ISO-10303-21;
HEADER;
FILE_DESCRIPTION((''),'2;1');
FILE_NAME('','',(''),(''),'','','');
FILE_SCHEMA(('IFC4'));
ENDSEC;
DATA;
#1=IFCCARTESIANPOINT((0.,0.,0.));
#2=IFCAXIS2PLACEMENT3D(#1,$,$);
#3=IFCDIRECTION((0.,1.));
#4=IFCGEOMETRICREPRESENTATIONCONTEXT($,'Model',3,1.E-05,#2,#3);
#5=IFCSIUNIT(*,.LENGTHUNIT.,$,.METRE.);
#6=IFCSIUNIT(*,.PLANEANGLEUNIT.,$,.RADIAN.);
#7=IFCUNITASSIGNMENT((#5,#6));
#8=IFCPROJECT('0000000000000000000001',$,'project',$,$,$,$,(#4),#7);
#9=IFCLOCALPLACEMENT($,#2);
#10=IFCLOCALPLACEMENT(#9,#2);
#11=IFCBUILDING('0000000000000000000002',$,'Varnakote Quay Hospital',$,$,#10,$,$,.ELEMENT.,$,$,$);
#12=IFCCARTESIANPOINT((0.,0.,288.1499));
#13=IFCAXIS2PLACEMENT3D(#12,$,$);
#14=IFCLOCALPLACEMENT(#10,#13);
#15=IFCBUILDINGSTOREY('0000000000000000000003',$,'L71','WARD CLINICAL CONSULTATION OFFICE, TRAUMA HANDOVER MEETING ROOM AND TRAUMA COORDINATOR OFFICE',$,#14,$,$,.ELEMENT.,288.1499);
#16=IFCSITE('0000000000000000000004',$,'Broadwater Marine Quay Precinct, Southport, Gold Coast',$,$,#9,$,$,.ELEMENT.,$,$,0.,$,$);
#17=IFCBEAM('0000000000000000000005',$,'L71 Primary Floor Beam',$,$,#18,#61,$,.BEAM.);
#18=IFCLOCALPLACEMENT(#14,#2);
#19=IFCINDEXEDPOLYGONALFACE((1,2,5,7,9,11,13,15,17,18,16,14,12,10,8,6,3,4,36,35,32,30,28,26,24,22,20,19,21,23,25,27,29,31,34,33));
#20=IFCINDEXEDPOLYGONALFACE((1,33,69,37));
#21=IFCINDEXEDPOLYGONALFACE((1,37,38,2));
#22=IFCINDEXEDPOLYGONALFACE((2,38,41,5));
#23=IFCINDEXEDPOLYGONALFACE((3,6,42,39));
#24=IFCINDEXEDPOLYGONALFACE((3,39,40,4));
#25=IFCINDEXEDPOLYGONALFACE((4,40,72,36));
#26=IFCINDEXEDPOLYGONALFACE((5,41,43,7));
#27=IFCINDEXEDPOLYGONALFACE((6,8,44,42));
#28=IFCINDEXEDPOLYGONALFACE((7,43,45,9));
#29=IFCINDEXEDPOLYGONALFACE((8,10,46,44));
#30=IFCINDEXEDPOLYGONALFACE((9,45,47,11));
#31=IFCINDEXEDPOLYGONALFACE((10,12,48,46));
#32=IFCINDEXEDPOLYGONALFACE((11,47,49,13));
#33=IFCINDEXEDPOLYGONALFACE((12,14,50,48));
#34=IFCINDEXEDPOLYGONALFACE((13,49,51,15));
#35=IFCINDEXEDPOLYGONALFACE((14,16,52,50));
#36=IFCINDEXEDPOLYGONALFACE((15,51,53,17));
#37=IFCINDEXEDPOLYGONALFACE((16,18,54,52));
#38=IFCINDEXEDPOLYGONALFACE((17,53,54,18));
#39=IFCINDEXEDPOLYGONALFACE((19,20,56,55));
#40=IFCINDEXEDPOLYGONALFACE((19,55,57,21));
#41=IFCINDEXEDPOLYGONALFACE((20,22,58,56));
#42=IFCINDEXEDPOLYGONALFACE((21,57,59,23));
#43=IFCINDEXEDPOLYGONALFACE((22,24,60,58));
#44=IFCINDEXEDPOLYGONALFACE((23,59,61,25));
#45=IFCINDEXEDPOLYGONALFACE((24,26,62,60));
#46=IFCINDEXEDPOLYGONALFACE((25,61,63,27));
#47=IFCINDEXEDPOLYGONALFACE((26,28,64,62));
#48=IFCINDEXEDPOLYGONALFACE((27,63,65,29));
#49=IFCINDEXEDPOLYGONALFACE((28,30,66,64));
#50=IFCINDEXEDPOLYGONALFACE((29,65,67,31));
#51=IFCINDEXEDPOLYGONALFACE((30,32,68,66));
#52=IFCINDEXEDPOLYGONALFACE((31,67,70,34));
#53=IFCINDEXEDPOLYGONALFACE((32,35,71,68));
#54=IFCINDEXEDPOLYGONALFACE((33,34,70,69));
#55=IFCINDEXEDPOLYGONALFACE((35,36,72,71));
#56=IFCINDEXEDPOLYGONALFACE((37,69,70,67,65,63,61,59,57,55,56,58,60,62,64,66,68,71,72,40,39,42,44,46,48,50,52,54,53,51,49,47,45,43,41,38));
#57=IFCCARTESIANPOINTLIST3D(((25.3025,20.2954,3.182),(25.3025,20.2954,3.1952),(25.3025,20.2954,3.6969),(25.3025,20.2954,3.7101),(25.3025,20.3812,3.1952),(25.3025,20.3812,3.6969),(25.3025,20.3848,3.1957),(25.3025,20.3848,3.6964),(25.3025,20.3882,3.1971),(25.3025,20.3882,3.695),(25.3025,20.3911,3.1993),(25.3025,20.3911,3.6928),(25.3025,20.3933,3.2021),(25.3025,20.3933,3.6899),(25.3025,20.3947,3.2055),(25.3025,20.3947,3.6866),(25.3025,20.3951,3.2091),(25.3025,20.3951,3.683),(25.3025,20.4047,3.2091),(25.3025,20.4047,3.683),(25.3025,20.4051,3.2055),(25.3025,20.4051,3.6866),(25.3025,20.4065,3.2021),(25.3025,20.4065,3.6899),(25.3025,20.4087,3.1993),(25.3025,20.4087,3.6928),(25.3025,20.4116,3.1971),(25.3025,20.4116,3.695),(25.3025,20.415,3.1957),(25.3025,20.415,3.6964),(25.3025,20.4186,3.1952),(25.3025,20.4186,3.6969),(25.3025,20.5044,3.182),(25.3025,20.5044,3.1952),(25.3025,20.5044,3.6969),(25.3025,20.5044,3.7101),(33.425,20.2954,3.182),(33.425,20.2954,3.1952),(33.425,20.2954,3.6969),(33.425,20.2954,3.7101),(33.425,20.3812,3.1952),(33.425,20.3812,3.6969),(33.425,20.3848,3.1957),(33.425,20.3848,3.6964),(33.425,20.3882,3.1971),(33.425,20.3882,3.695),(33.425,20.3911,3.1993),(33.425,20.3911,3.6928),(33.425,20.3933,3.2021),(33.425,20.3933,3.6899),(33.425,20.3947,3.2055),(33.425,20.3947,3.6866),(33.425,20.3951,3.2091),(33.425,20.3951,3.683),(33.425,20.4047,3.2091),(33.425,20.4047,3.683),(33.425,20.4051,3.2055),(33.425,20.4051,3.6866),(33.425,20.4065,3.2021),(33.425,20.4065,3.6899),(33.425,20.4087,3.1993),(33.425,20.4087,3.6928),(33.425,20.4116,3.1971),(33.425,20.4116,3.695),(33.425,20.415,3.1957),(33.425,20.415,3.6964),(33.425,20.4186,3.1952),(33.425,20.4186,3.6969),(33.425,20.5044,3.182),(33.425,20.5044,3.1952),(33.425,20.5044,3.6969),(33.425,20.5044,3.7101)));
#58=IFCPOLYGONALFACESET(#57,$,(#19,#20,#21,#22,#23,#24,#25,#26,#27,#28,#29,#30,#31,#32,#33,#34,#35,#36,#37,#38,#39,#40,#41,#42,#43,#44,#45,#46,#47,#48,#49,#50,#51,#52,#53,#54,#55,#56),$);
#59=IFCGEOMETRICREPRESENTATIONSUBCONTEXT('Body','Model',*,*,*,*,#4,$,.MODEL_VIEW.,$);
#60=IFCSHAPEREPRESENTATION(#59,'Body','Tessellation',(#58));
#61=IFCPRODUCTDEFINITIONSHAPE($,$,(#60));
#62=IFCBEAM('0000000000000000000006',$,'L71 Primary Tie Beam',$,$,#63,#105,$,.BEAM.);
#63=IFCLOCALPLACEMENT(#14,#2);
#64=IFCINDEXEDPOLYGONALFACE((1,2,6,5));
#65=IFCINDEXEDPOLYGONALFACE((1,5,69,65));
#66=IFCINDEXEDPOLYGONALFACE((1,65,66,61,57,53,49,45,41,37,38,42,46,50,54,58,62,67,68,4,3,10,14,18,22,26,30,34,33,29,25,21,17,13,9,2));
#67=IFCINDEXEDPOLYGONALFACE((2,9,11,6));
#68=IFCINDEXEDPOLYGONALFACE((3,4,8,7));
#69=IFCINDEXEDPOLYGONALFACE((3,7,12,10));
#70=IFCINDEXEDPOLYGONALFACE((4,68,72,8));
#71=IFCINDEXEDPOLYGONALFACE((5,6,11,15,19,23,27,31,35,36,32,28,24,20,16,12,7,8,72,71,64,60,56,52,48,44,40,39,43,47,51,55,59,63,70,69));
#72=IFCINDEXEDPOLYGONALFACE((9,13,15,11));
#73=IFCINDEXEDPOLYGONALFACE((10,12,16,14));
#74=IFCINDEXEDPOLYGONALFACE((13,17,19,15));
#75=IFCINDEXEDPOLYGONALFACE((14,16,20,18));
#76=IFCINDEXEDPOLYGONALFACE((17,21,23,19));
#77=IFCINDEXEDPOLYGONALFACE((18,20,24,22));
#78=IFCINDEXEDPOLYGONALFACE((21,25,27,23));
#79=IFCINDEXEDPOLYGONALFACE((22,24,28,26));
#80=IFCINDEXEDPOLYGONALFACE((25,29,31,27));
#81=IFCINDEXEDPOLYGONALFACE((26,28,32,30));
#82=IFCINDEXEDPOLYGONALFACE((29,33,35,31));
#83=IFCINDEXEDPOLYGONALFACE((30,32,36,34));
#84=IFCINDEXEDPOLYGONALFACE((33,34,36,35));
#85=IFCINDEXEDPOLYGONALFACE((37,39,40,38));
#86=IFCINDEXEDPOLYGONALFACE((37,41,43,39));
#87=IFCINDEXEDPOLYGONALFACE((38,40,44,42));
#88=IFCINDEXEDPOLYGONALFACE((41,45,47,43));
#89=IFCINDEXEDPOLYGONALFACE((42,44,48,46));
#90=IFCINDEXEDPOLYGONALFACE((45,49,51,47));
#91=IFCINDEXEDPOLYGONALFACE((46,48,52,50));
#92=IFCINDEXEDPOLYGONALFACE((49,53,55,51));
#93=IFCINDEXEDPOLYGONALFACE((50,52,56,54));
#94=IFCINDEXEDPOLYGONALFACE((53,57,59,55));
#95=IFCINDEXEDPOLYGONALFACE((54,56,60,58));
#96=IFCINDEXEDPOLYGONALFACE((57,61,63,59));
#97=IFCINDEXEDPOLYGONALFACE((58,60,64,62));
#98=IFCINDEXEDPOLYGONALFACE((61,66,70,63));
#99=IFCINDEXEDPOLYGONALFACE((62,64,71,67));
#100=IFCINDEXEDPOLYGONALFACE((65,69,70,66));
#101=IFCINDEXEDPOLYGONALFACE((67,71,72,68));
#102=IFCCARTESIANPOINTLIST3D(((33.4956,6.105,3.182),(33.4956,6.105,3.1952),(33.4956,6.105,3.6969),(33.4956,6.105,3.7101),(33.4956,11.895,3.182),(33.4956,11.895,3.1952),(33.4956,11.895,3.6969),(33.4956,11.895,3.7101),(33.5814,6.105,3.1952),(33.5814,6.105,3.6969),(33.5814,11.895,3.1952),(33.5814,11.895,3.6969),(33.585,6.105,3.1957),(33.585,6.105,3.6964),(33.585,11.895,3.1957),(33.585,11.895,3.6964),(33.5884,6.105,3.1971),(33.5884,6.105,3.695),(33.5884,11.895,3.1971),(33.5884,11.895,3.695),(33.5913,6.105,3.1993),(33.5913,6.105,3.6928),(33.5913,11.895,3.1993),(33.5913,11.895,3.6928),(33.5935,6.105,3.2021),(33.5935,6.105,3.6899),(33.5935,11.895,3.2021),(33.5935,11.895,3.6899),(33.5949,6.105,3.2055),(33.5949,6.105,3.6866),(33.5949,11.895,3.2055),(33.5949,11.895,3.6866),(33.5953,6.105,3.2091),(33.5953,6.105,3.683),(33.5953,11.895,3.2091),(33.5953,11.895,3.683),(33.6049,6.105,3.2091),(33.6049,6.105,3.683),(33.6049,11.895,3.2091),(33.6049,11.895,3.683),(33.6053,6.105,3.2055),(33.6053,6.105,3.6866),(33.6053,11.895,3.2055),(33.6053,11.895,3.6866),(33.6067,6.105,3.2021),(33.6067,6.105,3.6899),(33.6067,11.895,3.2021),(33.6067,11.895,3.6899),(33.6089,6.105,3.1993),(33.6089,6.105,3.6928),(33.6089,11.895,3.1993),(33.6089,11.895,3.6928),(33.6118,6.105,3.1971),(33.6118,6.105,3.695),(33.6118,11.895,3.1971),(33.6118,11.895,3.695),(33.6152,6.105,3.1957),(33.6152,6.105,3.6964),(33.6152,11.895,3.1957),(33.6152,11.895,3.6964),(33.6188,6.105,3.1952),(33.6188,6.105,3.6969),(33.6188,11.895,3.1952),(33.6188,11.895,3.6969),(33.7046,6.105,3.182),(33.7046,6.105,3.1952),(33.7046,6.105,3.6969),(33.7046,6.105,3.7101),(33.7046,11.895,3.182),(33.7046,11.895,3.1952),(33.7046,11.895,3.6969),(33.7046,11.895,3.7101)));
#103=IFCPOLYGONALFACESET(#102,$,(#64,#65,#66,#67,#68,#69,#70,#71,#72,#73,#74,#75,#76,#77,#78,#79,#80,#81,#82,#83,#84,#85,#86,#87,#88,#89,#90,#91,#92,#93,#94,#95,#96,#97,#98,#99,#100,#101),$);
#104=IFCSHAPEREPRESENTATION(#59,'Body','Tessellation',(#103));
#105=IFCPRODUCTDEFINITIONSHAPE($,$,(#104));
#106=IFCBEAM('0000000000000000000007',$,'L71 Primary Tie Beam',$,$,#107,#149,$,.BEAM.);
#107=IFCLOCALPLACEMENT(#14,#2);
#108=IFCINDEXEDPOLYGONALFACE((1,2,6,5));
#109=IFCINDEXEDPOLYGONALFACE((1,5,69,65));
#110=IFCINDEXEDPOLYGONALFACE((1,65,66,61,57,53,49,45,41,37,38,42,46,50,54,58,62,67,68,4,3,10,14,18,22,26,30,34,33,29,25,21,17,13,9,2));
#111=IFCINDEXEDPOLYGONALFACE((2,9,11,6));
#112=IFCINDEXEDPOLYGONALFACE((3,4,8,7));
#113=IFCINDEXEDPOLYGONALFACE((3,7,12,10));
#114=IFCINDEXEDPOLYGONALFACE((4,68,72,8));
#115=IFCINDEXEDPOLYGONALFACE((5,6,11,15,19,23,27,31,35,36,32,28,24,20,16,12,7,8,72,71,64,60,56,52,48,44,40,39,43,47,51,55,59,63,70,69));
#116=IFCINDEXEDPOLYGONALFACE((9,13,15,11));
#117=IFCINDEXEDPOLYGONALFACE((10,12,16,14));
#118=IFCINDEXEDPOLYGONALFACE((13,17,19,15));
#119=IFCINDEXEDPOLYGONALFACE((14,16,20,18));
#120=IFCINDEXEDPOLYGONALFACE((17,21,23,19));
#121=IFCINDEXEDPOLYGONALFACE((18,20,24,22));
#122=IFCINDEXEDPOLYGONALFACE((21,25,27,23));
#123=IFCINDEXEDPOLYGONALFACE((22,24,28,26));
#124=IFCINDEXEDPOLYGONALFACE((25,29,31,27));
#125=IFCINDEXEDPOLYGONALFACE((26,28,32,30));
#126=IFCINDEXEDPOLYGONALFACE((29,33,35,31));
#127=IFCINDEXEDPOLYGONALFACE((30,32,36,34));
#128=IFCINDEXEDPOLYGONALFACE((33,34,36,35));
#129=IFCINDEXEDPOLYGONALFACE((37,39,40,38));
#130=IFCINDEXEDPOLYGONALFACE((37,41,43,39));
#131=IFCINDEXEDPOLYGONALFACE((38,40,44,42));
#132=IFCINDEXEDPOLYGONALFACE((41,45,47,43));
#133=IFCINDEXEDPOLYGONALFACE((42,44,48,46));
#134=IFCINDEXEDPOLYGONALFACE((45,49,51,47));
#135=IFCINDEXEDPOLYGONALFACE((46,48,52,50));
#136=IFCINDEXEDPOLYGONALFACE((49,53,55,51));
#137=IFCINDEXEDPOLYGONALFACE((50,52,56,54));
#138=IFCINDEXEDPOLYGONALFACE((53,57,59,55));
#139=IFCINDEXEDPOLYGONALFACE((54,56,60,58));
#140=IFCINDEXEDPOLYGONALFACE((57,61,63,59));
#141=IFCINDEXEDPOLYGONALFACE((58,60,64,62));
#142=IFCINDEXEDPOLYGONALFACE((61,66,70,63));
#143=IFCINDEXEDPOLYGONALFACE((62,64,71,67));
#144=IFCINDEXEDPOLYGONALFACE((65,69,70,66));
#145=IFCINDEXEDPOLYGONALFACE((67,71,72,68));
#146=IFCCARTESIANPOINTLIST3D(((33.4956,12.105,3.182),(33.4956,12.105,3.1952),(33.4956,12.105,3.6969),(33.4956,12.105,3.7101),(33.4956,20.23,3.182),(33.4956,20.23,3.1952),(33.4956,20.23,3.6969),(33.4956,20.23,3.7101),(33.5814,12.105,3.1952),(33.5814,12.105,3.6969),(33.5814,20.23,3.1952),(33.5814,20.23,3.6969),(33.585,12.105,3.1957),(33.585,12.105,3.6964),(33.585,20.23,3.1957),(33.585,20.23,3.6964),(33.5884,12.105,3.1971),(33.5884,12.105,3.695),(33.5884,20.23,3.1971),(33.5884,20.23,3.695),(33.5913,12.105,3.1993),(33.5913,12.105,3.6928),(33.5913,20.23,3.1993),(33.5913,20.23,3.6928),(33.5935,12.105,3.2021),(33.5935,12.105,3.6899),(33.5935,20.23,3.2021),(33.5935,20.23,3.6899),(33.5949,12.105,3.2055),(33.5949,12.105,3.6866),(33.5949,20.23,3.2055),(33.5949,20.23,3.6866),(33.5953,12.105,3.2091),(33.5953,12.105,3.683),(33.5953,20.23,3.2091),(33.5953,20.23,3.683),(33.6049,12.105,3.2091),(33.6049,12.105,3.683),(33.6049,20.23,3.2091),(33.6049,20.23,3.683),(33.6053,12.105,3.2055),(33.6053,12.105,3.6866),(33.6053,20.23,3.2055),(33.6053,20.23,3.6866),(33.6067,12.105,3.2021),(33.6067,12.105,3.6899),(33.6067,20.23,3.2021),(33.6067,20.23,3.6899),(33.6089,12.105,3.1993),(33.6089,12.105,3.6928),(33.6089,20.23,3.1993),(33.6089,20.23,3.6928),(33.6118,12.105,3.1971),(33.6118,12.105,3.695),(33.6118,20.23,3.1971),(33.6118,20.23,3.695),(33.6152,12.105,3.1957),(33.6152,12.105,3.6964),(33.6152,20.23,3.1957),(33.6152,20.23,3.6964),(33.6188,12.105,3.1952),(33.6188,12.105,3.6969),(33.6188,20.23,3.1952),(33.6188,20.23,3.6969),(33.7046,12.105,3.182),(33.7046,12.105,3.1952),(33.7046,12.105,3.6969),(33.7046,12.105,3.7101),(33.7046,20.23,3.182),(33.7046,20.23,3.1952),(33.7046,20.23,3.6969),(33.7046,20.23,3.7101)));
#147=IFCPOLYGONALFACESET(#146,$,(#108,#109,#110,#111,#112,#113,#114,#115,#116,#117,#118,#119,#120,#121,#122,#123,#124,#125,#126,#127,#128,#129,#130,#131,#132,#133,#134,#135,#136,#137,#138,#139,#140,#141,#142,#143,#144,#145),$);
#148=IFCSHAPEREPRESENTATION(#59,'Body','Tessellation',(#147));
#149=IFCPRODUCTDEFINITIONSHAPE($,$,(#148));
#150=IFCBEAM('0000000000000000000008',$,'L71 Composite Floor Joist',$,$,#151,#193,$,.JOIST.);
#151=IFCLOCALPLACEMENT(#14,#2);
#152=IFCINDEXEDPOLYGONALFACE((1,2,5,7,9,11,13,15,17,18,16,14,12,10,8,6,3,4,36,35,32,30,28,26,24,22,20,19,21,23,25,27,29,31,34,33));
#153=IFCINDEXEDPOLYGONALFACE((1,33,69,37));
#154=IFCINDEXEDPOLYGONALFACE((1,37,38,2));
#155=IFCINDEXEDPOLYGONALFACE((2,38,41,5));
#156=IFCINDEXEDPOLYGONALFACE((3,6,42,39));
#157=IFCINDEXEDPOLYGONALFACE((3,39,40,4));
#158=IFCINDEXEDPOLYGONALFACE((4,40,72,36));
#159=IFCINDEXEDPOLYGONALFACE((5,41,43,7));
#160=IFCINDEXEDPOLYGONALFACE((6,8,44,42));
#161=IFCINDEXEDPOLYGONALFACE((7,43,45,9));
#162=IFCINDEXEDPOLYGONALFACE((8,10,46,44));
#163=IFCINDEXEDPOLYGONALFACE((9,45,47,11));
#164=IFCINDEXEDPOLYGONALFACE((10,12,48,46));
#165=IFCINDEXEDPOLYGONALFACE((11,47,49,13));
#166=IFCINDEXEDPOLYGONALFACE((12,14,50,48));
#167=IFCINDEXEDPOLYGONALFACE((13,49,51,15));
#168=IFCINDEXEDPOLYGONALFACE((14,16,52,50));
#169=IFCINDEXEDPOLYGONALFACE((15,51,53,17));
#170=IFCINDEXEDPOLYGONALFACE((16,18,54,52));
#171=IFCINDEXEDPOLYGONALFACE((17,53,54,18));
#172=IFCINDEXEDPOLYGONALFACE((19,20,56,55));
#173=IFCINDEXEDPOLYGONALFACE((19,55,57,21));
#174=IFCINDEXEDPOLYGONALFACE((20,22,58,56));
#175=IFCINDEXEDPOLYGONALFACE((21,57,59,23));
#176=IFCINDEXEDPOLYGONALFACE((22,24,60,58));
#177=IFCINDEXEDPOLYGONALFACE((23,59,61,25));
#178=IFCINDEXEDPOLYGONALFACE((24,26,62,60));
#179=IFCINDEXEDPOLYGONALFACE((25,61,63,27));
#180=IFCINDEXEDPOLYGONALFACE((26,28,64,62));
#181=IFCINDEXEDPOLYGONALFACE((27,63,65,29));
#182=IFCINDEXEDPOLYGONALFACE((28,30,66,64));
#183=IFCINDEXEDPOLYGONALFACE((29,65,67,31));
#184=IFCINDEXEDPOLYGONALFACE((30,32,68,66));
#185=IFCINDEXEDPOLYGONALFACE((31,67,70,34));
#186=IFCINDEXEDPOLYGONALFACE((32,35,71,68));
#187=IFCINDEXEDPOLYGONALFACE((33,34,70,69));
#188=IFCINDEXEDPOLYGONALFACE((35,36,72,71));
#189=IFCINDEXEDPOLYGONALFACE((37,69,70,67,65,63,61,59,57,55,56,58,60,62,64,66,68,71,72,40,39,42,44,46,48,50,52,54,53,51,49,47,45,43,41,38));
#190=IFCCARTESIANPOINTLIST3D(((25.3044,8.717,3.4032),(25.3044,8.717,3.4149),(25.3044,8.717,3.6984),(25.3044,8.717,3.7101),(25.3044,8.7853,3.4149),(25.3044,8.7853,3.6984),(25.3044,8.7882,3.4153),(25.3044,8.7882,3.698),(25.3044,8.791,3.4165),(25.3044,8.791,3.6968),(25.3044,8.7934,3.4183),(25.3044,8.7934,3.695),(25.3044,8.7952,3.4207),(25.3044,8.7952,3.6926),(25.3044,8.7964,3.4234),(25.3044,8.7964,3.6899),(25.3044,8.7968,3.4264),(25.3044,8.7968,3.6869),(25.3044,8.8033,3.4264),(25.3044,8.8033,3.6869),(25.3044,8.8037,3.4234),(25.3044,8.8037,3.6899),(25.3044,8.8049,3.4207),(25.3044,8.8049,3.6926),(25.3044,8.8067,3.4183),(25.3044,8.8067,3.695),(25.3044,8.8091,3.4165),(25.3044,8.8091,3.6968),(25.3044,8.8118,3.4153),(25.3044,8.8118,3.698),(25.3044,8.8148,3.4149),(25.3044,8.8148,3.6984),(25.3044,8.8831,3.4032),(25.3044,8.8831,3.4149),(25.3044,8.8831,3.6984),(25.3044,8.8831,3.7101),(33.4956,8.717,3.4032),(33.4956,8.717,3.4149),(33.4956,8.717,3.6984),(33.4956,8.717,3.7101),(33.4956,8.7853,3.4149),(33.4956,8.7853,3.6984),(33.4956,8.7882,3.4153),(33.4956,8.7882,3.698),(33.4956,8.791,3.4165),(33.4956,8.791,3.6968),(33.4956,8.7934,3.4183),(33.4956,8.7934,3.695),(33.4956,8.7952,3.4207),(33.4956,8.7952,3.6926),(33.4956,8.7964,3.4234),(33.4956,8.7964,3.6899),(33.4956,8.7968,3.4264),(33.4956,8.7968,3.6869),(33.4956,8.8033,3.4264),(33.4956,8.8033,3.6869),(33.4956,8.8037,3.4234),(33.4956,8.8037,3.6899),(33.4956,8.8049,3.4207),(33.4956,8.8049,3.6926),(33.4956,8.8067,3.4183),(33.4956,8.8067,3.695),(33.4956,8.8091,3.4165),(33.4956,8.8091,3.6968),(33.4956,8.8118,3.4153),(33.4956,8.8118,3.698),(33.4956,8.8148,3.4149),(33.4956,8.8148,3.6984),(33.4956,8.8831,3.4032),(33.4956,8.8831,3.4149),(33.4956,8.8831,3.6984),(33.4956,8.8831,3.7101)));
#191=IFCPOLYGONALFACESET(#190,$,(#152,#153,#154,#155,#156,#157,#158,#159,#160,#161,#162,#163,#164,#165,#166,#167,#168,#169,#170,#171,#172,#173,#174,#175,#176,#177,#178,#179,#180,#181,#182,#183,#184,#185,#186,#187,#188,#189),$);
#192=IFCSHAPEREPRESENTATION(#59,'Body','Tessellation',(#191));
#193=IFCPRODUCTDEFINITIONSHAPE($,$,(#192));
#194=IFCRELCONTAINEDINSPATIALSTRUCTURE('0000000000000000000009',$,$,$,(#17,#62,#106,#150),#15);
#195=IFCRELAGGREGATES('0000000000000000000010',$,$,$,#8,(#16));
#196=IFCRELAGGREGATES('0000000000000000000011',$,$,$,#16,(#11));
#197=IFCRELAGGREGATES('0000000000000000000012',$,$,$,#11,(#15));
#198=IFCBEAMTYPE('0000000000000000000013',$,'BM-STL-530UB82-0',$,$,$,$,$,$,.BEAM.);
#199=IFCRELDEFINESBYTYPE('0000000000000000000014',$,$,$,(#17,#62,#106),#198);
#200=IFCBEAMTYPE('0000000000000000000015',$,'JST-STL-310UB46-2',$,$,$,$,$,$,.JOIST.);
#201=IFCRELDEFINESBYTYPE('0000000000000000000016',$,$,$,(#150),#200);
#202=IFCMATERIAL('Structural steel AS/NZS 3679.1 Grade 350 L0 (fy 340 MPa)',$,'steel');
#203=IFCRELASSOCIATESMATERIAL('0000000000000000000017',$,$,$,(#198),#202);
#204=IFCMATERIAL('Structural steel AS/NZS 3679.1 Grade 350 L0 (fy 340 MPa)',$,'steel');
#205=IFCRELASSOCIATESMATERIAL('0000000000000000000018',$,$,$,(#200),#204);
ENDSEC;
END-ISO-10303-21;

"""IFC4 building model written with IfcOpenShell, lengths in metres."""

from ifc_helpers import new_model, si_unit, direction, frame, origin, origin_2d, place, context, subcontext, project, spatial, i_section, extrude, material, material_profile, profile_set, type_object, element, save


model = new_model("IFC4")

# Units and contexts
model_context = context("Model", 3, precision=1e-05, world=origin(), true_north=direction((0.0, 1.0)))
body_context = subcontext(model_context, "Body", "Model", "MODEL_VIEW")
ifc_project = project(units=[si_unit("LENGTHUNIT", "METRE"), si_unit("PLANEANGLEUNIT", "RADIAN")], contexts=[model_context])

# Site, building, storey
site_placement = place(None, origin())
site = spatial("IfcSite", under=ifc_project, at=site_placement, Name="Broadwater Marine Quay Precinct, Southport, Gold Coast", CompositionType="ELEMENT", RefElevation=0.0)
building_placement = place(site_placement, origin())
building = spatial("IfcBuilding", under=site, at=building_placement, Name="Varnakote Quay Hospital", CompositionType="ELEMENT")
storey_placement = place(building_placement, frame((0.0, 0.0, 288.1499)))
storey = spatial("IfcBuildingStorey", under=building, at=storey_placement, Name="L71", Description="WARD CLINICAL CONSULTATION OFFICE, TRAUMA HANDOVER MEETING ROOM AND TRAUMA COORDINATOR OFFICE", CompositionType="ELEMENT", Elevation=288.1499)

# Beams
ifc_material_1 = material(Name="Structural steel AS/NZS 3679.1 Grade 350 L0 (fy 340 MPa)", Category="steel")
ifc_material_profile_1 = material_profile(ifc_material_1, i_section(OverallWidth=0.209, OverallDepth=0.5281, WebThickness=0.0095, FlangeThickness=0.0132, FilletRadius=0.0139, at=origin_2d()), Name="530UB82.0")
ifc_profile_set_1 = profile_set([ifc_material_profile_1], Name="Structural steel AS/NZS 3679.1 Grade 350 L0 (fy 340 MPa)")
beam_type_1 = type_object("IfcBeamType", Name="BM-STL-530UB82-0", PredefinedType="BEAM", material=ifc_profile_set_1)
beam_1_placement = place(storey_placement, frame((25.3025, 20.3999, 3.446), z_axis=(1.0, 0.0, 0.0), x_axis=(0.0, 1.0, 0.0)))
element("IfcBeam", 1, at=beam_1_placement, inside=storey, type_object=beam_type_1, Name="L71 Primary Floor Beam", PredefinedType="BEAM", context=body_context, shape_type="SweptSolid", body=[
    extrude(i_section(OverallWidth=0.209, OverallDepth=0.5281, WebThickness=0.0095, FlangeThickness=0.0132, FilletRadius=0.0139, at=origin_2d()), origin(), (0.0, 0.0, 1.0), 8.1226),
])
beam_2_placement = place(storey_placement, frame((33.6001, 6.105, 3.446), z_axis=(0.0, 1.0, 0.0), x_axis=(-1.0, 0.0, 0.0)))
element("IfcBeam", 2, at=beam_2_placement, inside=storey, type_object=beam_type_1, Name="L71 Primary Tie Beam", PredefinedType="BEAM", context=body_context, shape_type="SweptSolid", body=[
    extrude(i_section(OverallWidth=0.209, OverallDepth=0.5281, WebThickness=0.0095, FlangeThickness=0.0132, FilletRadius=0.0139, at=origin_2d()), origin(), (0.0, 0.0, 1.0), 5.79),
])
beam_3_placement = place(storey_placement, frame((33.6001, 12.105, 3.446), z_axis=(0.0, 1.0, 0.0), x_axis=(-1.0, 0.0, 0.0)))
element("IfcBeam", 3, at=beam_3_placement, inside=storey, type_object=beam_type_1, Name="L71 Primary Tie Beam", PredefinedType="BEAM", context=body_context, shape_type="SweptSolid", body=[
    extrude(i_section(OverallWidth=0.209, OverallDepth=0.5281, WebThickness=0.0095, FlangeThickness=0.0132, FilletRadius=0.0139, at=origin_2d()), origin(), (0.0, 0.0, 1.0), 8.125),
])
ifc_material_2 = material(Name="Structural steel AS/NZS 3679.1 Grade 350 L0 (fy 340 MPa)", Category="steel")
ifc_material_profile_2 = material_profile(ifc_material_2, i_section(OverallWidth=0.166, OverallDepth=0.3069, WebThickness=0.0066, FlangeThickness=0.0117, FilletRadius=0.0115, at=origin_2d()), Name="310UB46.2")
ifc_profile_set_2 = profile_set([ifc_material_profile_2], Name="Structural steel AS/NZS 3679.1 Grade 350 L0 (fy 340 MPa)")
beam_type_2 = type_object("IfcBeamType", Name="JST-STL-310UB46-2", PredefinedType="JOIST", material=ifc_profile_set_2)
for number, where, z_axis, x_axis, name in (
    (4, (25.3044, 8.8, 3.5566), (1.0, 0.0, 0.0), (0.0, 1.0, 0.0), "L71 Composite Floor Joist"),
):
    element("IfcBeam", number, at=place(storey_placement, frame(where, z_axis=z_axis, x_axis=x_axis)), inside=storey, type_object=beam_type_2, Name=name, PredefinedType="JOIST", context=body_context, shape_type="SweptSolid", body=[
        extrude(i_section(OverallWidth=0.166, OverallDepth=0.3069, WebThickness=0.0066, FlangeThickness=0.0117, FilletRadius=0.0115, at=origin_2d()), origin(), (0.0, 0.0, 1.0), 8.1912),
    ])

save(model, "model.ifc")
